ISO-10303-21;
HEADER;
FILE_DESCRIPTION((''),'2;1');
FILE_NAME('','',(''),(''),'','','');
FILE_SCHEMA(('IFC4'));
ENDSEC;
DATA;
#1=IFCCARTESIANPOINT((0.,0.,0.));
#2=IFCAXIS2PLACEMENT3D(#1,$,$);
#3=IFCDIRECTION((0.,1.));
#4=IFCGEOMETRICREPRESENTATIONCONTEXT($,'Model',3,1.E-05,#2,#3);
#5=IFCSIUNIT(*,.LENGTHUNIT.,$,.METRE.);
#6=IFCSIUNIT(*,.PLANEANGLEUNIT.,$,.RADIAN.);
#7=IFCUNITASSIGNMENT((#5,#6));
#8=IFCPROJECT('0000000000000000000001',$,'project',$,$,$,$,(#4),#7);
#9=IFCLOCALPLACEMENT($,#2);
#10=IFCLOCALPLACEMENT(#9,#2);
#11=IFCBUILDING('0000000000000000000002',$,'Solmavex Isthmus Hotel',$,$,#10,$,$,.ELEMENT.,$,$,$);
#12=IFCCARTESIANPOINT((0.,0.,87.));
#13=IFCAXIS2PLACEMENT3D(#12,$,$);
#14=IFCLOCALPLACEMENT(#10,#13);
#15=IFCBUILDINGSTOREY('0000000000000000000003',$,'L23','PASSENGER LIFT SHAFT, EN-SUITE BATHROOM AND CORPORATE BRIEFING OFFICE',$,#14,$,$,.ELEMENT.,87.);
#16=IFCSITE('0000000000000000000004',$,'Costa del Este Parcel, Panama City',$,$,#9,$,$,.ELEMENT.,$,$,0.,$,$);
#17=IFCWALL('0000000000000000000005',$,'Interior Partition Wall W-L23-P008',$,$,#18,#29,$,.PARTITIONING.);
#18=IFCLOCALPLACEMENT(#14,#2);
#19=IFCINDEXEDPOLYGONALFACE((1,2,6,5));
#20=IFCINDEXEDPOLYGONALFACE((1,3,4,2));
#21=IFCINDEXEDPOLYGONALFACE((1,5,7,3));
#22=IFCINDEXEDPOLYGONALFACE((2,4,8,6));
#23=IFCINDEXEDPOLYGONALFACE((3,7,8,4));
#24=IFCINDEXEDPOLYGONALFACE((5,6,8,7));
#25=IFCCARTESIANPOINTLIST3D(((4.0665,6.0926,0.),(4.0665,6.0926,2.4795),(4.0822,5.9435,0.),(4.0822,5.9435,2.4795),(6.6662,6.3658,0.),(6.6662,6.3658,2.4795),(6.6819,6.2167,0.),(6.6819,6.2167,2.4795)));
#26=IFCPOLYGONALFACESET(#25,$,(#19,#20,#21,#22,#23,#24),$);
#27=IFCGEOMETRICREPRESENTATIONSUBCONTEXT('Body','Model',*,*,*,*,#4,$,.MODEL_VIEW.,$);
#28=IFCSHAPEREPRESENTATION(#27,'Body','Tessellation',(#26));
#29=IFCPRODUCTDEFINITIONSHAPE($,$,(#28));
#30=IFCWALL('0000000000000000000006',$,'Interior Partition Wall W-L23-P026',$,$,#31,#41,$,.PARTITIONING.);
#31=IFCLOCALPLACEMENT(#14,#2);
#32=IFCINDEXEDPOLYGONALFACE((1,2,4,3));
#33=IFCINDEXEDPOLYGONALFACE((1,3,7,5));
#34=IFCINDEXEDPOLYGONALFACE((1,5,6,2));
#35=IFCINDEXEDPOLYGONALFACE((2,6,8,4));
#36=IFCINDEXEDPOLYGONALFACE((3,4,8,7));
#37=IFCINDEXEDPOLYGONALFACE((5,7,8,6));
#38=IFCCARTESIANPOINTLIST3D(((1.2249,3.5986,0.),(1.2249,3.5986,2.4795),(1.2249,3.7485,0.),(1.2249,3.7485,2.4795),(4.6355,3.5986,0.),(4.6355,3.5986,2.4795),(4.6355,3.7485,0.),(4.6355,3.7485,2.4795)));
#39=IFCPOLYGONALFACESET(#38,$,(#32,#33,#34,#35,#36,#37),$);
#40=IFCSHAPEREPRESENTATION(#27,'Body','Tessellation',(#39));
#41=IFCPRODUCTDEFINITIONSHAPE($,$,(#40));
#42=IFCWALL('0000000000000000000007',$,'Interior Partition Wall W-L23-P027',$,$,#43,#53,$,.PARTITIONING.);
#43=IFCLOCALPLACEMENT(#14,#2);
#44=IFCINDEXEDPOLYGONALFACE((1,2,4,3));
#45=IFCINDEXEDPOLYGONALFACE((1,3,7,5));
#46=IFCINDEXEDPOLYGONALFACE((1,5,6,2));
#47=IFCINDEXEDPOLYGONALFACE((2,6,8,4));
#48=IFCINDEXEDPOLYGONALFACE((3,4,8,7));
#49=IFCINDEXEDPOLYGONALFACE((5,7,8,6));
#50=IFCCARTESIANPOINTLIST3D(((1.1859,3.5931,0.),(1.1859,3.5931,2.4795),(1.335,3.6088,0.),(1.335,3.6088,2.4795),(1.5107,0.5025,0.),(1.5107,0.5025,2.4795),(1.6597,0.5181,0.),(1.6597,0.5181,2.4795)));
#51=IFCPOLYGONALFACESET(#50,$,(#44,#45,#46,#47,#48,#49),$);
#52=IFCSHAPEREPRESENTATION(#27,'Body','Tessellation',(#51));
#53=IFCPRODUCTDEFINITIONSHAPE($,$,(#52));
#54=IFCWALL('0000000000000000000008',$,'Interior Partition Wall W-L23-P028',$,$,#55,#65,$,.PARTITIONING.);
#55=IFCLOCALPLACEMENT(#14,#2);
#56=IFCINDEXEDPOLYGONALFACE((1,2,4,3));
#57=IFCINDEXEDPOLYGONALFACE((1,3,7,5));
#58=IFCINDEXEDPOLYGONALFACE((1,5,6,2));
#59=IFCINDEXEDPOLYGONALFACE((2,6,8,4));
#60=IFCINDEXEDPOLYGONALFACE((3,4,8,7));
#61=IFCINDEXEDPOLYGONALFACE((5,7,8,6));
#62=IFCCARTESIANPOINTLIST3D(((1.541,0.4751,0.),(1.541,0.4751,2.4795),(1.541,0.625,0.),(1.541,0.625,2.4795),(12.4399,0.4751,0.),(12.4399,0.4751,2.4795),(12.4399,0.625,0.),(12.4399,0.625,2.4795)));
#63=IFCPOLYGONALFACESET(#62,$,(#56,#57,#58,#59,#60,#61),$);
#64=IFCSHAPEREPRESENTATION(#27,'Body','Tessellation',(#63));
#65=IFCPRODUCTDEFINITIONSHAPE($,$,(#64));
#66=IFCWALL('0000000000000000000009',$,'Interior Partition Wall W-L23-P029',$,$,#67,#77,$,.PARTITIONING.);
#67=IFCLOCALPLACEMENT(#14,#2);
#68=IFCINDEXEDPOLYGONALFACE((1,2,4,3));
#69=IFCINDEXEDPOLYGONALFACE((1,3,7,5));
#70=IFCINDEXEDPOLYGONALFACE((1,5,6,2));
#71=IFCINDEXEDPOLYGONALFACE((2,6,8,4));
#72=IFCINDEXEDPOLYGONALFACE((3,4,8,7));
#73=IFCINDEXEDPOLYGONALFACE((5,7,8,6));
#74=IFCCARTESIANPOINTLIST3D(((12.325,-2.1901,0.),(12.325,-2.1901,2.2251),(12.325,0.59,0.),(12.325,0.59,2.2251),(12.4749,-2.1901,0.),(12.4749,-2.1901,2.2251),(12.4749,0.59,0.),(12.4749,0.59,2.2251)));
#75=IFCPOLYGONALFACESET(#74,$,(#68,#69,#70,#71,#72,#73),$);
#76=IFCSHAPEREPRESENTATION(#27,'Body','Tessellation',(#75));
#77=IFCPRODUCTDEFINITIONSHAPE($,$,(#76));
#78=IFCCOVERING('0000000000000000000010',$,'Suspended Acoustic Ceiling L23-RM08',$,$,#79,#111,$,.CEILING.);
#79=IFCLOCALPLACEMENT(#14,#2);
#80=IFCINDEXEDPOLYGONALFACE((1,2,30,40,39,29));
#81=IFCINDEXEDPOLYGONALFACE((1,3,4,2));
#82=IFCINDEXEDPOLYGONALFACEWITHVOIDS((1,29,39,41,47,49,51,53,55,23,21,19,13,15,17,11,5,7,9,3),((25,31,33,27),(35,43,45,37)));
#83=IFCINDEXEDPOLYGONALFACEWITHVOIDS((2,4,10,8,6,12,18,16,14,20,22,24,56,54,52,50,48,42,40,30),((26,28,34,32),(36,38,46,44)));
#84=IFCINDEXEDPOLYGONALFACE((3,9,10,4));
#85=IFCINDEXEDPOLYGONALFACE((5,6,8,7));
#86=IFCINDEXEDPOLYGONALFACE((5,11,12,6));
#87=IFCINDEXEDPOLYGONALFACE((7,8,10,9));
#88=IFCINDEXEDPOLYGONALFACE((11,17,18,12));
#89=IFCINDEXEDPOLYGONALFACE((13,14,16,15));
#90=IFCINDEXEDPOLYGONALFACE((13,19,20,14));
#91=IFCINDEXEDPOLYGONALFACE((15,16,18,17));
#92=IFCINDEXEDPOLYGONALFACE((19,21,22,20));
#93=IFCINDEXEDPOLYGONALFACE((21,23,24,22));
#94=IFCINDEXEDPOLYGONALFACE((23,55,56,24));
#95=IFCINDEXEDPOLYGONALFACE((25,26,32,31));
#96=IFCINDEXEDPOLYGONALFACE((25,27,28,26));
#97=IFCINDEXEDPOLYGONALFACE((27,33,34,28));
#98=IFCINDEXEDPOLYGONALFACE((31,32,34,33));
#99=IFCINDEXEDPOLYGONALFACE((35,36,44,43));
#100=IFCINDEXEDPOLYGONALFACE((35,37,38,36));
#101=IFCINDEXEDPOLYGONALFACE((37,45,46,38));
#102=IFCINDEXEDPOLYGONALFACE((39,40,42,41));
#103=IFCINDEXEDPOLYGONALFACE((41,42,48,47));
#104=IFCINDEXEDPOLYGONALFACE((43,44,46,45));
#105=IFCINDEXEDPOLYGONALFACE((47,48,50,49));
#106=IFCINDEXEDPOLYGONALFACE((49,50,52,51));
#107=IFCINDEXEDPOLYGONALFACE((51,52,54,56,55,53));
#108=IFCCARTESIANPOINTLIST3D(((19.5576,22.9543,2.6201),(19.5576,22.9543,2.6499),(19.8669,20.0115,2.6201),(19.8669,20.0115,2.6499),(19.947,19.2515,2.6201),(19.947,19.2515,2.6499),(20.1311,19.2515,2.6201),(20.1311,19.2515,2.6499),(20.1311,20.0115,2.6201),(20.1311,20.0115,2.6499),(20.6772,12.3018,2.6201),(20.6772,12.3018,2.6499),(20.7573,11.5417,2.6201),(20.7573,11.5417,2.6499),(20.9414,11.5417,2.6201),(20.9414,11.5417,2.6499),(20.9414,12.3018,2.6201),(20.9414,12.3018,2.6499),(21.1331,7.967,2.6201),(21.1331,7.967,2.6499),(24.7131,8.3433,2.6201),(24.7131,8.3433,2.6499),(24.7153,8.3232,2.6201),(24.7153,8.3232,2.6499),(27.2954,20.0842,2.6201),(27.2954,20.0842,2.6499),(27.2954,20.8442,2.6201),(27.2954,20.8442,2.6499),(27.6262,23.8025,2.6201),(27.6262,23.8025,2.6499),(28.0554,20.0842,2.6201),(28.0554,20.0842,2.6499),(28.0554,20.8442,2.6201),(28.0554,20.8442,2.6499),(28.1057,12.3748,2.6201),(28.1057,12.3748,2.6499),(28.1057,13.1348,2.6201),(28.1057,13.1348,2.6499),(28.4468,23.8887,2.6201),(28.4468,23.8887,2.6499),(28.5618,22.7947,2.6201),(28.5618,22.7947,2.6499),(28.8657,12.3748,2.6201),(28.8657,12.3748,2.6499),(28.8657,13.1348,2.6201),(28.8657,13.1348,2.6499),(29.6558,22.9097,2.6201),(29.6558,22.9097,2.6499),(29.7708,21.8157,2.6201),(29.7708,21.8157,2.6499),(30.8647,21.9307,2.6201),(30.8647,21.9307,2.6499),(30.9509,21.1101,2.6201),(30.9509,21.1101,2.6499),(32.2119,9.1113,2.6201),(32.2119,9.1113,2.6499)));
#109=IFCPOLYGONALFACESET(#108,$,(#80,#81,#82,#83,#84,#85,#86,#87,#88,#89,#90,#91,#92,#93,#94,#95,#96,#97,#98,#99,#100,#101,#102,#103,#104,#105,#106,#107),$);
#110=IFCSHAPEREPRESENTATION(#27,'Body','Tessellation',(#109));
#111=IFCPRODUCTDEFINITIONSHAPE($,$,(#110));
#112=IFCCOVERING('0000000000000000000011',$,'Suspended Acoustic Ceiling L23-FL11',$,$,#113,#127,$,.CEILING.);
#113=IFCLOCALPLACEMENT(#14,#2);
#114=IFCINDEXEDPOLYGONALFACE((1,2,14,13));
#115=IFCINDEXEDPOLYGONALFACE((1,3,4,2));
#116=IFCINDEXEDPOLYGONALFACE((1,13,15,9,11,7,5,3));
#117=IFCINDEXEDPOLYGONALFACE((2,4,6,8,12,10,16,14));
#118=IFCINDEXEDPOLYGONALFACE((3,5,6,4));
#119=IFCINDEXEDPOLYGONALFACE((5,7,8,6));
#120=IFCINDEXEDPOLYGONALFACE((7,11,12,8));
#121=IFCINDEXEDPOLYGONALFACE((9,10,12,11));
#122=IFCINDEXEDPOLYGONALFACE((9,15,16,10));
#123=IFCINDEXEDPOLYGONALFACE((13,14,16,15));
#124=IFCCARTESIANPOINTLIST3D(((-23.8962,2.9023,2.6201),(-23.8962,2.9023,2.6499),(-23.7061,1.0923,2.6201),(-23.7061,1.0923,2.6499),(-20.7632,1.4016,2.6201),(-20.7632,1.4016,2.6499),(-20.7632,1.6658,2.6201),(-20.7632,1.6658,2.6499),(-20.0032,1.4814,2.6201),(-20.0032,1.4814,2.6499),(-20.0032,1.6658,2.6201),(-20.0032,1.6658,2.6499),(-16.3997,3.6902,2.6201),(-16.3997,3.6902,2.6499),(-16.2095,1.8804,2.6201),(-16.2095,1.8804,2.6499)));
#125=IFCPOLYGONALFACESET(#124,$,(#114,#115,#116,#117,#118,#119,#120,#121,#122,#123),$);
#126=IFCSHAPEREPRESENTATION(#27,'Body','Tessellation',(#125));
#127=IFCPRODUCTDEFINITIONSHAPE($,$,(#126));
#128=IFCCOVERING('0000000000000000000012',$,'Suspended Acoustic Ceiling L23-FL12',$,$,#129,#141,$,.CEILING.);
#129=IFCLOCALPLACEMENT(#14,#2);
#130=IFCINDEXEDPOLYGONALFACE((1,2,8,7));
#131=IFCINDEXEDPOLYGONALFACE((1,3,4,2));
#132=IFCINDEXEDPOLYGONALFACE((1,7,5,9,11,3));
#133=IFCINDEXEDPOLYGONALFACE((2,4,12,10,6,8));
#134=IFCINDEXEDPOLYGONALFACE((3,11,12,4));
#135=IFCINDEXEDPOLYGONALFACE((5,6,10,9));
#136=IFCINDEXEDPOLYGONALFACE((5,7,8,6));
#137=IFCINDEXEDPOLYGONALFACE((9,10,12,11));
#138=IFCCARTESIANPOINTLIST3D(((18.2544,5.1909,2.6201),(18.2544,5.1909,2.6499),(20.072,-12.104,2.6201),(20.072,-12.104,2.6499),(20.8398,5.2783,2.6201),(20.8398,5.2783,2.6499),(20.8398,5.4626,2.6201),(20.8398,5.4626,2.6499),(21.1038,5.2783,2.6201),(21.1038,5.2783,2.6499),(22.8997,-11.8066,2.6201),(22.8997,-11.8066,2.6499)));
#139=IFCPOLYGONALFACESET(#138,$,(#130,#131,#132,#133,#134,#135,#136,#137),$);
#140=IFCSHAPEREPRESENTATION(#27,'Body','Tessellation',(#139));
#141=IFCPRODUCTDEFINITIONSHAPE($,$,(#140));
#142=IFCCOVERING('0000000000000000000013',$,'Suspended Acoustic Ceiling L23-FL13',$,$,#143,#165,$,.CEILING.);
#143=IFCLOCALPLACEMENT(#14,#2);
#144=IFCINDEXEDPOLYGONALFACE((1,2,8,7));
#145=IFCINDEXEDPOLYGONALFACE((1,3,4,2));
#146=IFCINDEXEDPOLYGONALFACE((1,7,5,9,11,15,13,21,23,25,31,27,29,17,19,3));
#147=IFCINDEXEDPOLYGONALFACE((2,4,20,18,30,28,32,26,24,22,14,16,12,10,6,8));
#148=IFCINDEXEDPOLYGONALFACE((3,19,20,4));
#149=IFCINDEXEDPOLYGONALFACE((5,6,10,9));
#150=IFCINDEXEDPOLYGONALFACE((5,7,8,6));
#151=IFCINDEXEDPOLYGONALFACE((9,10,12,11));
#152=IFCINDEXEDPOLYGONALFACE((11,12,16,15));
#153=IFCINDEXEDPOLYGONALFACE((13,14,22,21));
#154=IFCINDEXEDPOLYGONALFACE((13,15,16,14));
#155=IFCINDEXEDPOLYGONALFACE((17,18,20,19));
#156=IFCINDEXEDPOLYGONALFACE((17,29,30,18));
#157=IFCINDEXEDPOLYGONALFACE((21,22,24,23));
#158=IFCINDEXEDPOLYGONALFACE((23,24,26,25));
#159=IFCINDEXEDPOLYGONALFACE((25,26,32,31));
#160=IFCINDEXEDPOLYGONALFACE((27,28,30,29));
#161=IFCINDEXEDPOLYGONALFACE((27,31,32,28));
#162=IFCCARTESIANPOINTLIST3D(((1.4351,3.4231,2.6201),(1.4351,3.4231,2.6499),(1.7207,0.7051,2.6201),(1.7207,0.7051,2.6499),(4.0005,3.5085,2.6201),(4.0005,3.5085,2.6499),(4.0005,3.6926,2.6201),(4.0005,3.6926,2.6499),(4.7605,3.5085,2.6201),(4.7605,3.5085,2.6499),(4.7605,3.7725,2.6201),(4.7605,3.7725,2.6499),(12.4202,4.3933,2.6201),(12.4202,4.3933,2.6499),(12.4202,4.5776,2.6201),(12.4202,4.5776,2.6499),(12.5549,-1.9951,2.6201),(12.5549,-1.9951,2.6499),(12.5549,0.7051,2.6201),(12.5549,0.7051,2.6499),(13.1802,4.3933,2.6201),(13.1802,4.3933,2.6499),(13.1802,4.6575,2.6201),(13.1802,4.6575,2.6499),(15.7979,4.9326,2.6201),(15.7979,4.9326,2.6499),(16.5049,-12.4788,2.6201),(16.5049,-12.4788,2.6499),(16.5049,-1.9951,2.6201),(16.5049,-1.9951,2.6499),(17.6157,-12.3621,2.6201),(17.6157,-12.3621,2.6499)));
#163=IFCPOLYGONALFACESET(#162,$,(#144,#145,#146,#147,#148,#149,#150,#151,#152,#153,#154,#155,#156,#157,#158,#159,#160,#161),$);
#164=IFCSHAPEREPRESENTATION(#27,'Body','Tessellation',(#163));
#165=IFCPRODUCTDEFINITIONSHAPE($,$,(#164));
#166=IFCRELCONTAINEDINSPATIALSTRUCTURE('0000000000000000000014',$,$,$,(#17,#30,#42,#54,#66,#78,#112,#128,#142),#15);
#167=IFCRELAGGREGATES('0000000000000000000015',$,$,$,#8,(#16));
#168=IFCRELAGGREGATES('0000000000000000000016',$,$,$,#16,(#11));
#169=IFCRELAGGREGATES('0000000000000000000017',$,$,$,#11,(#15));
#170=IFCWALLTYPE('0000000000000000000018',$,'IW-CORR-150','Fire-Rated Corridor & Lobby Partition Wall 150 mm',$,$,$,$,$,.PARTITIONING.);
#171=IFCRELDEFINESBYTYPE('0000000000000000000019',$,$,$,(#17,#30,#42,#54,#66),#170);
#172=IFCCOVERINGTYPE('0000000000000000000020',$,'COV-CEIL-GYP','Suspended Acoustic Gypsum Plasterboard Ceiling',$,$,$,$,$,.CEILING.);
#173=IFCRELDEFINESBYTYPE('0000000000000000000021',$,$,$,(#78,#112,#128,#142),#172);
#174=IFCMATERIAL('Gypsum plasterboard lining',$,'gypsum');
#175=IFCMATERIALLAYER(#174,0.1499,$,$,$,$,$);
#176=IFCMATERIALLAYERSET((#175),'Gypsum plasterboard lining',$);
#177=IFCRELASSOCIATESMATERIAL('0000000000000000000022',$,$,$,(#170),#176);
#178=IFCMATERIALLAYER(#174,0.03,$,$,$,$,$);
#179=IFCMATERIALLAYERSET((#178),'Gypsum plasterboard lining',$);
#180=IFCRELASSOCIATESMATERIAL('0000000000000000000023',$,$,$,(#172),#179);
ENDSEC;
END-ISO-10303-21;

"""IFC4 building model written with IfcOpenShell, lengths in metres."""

from ifc_helpers import new_model, si_unit, direction, frame, frame_2d, origin, place, context, subcontext, project, spatial, polyline, rectangle, outline, extrude, material, layer, layer_set, type_object, element, save


model = new_model("IFC4")

# Units and contexts
model_context = context("Model", 3, precision=1e-05, world=origin(), true_north=direction((0.0, 1.0)))
body_context = subcontext(model_context, "Body", "Model", "MODEL_VIEW")
ifc_project = project(units=[si_unit("LENGTHUNIT", "METRE"), si_unit("PLANEANGLEUNIT", "RADIAN")], contexts=[model_context])

# Site, building, storey
site_placement = place(None, origin())
site = spatial("IfcSite", under=ifc_project, at=site_placement, Name="Costa del Este Parcel, Panama City", CompositionType="ELEMENT", RefElevation=0.0)
building_placement = place(site_placement, origin())
building = spatial("IfcBuilding", under=site, at=building_placement, Name="Solmavex Isthmus Hotel", CompositionType="ELEMENT")
storey_placement = place(building_placement, frame((0.0, 0.0, 87.0)))
storey = spatial("IfcBuildingStorey", under=building, at=storey_placement, Name="L23", Description="PASSENGER LIFT SHAFT, EN-SUITE BATHROOM AND CORPORATE BRIEFING OFFICE", CompositionType="ELEMENT", Elevation=87.0)

# Walls
ifc_material_1 = material(Name="Gypsum plasterboard lining", Category="gypsum")
ifc_layer_1 = layer(ifc_material_1, 0.1499)
ifc_layer_set_1 = layer_set([ifc_layer_1], Name="Gypsum plasterboard lining")
wall_type = type_object("IfcWallType", Name="IW-CORR-150", Description="Fire-Rated Corridor & Lobby Partition Wall 150 mm", PredefinedType="PARTITIONING", material=ifc_layer_set_1)
wall_1_placement = place(storey_placement, frame((4.0742, 6.0181, 0.0), z_axis=(0.0, 0.0, 1.0), x_axis=(0.994523, 0.104515, 0.0)))
element("IfcWall", 1, at=wall_1_placement, inside=storey, type_object=wall_type, Name="Interior Partition Wall W-L23-P008", PredefinedType="PARTITIONING", context=body_context, shape_type="SweptSolid", body=[
    extrude(rectangle(XDim=2.614, YDim=0.1499, at=frame_2d((1.3071, 0.0))), origin(), (0.0, 0.0, 1.0), 2.4795),
])
wall_2_placement = place(storey_placement, frame((4.6355, 3.6736, 0.0), z_axis=(0.0, 0.0, 1.0), x_axis=(-1.0, 0.0, 0.0)))
element("IfcWall", 2, at=wall_2_placement, inside=storey, type_object=wall_type, Name="Interior Partition Wall W-L23-P026", PredefinedType="PARTITIONING", context=body_context, shape_type="SweptSolid", body=[
    extrude(rectangle(XDim=3.4106, YDim=0.1499, at=frame_2d((1.7053, 0.0))), origin(), (0.0, 0.0, 1.0), 2.4795),
])
wall_3_placement = place(storey_placement, frame((1.2605, 3.6008, 0.0), z_axis=(0.0, 0.0, 1.0), x_axis=(0.104488, -0.994526, 0.0)))
element("IfcWall", 3, at=wall_3_placement, inside=storey, type_object=wall_type, Name="Interior Partition Wall W-L23-P027", PredefinedType="PARTITIONING", context=body_context, shape_type="SweptSolid", body=[
    extrude(rectangle(XDim=3.1077, YDim=0.1499, at=frame_2d((1.5537, 0.0))), origin(), (0.0, 0.0, 1.0), 2.4795),
])
wall_4_placement = place(storey_placement, frame((1.541, 0.55, 0.0), z_axis=(0.0, 0.0, 1.0), x_axis=(1.0, 0.0, 0.0)))
element("IfcWall", 4, at=wall_4_placement, inside=storey, type_object=wall_type, Name="Interior Partition Wall W-L23-P028", PredefinedType="PARTITIONING", context=body_context, shape_type="SweptSolid", body=[
    extrude(rectangle(XDim=10.8989, YDim=0.1499, at=frame_2d((5.4495, 0.0))), origin(), (0.0, 0.0, 1.0), 2.4795),
])
wall_5_placement = place(storey_placement, frame((12.3999, 0.5901, 0.0), z_axis=(0.0, 0.0, 1.0), x_axis=(0.0, -1.0, 0.0)))
element("IfcWall", 5, at=wall_5_placement, inside=storey, type_object=wall_type, Name="Interior Partition Wall W-L23-P029", PredefinedType="PARTITIONING", context=body_context, shape_type="SweptSolid", body=[
    extrude(rectangle(XDim=2.78, YDim=0.1499, at=frame_2d((1.3901, 0.0))), origin(), (0.0, 0.0, 1.0), 2.2251),
])

# Coverings
ifc_layer_2 = layer(ifc_material_1, 0.03)
ifc_layer_set_2 = layer_set([ifc_layer_2], Name="Gypsum plasterboard lining")
covering_type_1 = type_object("IfcCoveringType", Name="COV-CEIL-GYP", Description="Suspended Acoustic Gypsum Plasterboard Ceiling", PredefinedType="CEILING", material=ifc_layer_set_2)
covering_1_placement = place(storey_placement, frame((0.0, 0.0, 2.6201)))
element("IfcCovering", 6, at=covering_1_placement, inside=storey, type_object=covering_type_1, Name="Suspended Acoustic Ceiling L23-RM08", PredefinedType="CEILING", context=body_context, shape_type="SweptSolid", body=[
    extrude(outline(polyline([(20.6772, 12.3018), (20.9414, 12.3018), (20.9414, 11.5417), (20.7573, 11.5417), (21.1331, 7.967), (24.7131, 8.3433), (24.7153, 8.3232), (32.2119, 9.1113), (30.9509, 21.1101), (30.8647, 21.9307), (29.7708, 21.8157), (29.6558, 22.9097), (28.5618, 22.7947), (28.4468, 23.8887), (27.6262, 23.8025), (19.5576, 22.9543), (19.8669, 20.0115), (20.1311, 20.0115), (20.1311, 19.2515), (19.947, 19.2515), (20.6772, 12.3018)]), holes=[polyline([(28.1057, 12.3748), (28.1057, 13.1348), (28.8657, 13.1348), (28.8657, 12.3748), (28.1057, 12.3748)]), polyline([(27.2954, 20.8442), (28.0554, 20.8442), (28.0554, 20.0842), (27.2954, 20.0842), (27.2954, 20.8442)])]), origin(), (0.0, 0.0, 1.0), 0.0298),
])
covering_2_placement = place(storey_placement, frame((0.0, 0.0, 2.6201)))
element("IfcCovering", 7, at=covering_2_placement, inside=storey, type_object=covering_type_1, Name="Suspended Acoustic Ceiling L23-FL11", PredefinedType="CEILING", context=body_context, shape_type="SweptSolid", body=[
    extrude(outline(polyline([(-16.2095, 1.8804), (-16.3997, 3.6902), (-23.8962, 2.9023), (-23.7061, 1.0923), (-20.7632, 1.4016), (-20.7632, 1.6658), (-20.0032, 1.6658), (-20.0032, 1.4814), (-16.2095, 1.8804)])), origin(), (0.0, 0.0, 1.0), 0.0298),
])
covering_3_placement = place(storey_placement, frame((0.0, 0.0, 2.6201)))
element("IfcCovering", 8, at=covering_3_placement, inside=storey, type_object=covering_type_1, Name="Suspended Acoustic Ceiling L23-FL12", PredefinedType="CEILING", context=body_context, shape_type="SweptSolid", body=[
    extrude(outline(polyline([(21.1038, 5.2783), (20.8398, 5.2783), (20.8398, 5.4626), (18.2544, 5.1909), (20.072, -12.104), (22.8997, -11.8066), (21.1038, 5.2783)])), origin(), (0.0, 0.0, 1.0), 0.0298),
])
covering_4_placement = place(storey_placement, frame((0.0, 0.0, 2.6201)))
element("IfcCovering", 9, at=covering_4_placement, inside=storey, type_object=covering_type_1, Name="Suspended Acoustic Ceiling L23-FL13", PredefinedType="CEILING", context=body_context, shape_type="SweptSolid", body=[
    extrude(outline(polyline([(4.7605, 3.7725), (4.7605, 3.5085), (4.0005, 3.5085), (4.0005, 3.6926), (1.4351, 3.4231), (1.7207, 0.7051), (12.5549, 0.7051), (12.5549, -1.9951), (16.5049, -1.9951), (16.5049, -12.4788), (17.6157, -12.3621), (15.7979, 4.9326), (13.1802, 4.6575), (13.1802, 4.3933), (12.4202, 4.3933), (12.4202, 4.5776), (4.7605, 3.7725)])), origin(), (0.0, 0.0, 1.0), 0.0298),
])

save(model, "model.ifc")
